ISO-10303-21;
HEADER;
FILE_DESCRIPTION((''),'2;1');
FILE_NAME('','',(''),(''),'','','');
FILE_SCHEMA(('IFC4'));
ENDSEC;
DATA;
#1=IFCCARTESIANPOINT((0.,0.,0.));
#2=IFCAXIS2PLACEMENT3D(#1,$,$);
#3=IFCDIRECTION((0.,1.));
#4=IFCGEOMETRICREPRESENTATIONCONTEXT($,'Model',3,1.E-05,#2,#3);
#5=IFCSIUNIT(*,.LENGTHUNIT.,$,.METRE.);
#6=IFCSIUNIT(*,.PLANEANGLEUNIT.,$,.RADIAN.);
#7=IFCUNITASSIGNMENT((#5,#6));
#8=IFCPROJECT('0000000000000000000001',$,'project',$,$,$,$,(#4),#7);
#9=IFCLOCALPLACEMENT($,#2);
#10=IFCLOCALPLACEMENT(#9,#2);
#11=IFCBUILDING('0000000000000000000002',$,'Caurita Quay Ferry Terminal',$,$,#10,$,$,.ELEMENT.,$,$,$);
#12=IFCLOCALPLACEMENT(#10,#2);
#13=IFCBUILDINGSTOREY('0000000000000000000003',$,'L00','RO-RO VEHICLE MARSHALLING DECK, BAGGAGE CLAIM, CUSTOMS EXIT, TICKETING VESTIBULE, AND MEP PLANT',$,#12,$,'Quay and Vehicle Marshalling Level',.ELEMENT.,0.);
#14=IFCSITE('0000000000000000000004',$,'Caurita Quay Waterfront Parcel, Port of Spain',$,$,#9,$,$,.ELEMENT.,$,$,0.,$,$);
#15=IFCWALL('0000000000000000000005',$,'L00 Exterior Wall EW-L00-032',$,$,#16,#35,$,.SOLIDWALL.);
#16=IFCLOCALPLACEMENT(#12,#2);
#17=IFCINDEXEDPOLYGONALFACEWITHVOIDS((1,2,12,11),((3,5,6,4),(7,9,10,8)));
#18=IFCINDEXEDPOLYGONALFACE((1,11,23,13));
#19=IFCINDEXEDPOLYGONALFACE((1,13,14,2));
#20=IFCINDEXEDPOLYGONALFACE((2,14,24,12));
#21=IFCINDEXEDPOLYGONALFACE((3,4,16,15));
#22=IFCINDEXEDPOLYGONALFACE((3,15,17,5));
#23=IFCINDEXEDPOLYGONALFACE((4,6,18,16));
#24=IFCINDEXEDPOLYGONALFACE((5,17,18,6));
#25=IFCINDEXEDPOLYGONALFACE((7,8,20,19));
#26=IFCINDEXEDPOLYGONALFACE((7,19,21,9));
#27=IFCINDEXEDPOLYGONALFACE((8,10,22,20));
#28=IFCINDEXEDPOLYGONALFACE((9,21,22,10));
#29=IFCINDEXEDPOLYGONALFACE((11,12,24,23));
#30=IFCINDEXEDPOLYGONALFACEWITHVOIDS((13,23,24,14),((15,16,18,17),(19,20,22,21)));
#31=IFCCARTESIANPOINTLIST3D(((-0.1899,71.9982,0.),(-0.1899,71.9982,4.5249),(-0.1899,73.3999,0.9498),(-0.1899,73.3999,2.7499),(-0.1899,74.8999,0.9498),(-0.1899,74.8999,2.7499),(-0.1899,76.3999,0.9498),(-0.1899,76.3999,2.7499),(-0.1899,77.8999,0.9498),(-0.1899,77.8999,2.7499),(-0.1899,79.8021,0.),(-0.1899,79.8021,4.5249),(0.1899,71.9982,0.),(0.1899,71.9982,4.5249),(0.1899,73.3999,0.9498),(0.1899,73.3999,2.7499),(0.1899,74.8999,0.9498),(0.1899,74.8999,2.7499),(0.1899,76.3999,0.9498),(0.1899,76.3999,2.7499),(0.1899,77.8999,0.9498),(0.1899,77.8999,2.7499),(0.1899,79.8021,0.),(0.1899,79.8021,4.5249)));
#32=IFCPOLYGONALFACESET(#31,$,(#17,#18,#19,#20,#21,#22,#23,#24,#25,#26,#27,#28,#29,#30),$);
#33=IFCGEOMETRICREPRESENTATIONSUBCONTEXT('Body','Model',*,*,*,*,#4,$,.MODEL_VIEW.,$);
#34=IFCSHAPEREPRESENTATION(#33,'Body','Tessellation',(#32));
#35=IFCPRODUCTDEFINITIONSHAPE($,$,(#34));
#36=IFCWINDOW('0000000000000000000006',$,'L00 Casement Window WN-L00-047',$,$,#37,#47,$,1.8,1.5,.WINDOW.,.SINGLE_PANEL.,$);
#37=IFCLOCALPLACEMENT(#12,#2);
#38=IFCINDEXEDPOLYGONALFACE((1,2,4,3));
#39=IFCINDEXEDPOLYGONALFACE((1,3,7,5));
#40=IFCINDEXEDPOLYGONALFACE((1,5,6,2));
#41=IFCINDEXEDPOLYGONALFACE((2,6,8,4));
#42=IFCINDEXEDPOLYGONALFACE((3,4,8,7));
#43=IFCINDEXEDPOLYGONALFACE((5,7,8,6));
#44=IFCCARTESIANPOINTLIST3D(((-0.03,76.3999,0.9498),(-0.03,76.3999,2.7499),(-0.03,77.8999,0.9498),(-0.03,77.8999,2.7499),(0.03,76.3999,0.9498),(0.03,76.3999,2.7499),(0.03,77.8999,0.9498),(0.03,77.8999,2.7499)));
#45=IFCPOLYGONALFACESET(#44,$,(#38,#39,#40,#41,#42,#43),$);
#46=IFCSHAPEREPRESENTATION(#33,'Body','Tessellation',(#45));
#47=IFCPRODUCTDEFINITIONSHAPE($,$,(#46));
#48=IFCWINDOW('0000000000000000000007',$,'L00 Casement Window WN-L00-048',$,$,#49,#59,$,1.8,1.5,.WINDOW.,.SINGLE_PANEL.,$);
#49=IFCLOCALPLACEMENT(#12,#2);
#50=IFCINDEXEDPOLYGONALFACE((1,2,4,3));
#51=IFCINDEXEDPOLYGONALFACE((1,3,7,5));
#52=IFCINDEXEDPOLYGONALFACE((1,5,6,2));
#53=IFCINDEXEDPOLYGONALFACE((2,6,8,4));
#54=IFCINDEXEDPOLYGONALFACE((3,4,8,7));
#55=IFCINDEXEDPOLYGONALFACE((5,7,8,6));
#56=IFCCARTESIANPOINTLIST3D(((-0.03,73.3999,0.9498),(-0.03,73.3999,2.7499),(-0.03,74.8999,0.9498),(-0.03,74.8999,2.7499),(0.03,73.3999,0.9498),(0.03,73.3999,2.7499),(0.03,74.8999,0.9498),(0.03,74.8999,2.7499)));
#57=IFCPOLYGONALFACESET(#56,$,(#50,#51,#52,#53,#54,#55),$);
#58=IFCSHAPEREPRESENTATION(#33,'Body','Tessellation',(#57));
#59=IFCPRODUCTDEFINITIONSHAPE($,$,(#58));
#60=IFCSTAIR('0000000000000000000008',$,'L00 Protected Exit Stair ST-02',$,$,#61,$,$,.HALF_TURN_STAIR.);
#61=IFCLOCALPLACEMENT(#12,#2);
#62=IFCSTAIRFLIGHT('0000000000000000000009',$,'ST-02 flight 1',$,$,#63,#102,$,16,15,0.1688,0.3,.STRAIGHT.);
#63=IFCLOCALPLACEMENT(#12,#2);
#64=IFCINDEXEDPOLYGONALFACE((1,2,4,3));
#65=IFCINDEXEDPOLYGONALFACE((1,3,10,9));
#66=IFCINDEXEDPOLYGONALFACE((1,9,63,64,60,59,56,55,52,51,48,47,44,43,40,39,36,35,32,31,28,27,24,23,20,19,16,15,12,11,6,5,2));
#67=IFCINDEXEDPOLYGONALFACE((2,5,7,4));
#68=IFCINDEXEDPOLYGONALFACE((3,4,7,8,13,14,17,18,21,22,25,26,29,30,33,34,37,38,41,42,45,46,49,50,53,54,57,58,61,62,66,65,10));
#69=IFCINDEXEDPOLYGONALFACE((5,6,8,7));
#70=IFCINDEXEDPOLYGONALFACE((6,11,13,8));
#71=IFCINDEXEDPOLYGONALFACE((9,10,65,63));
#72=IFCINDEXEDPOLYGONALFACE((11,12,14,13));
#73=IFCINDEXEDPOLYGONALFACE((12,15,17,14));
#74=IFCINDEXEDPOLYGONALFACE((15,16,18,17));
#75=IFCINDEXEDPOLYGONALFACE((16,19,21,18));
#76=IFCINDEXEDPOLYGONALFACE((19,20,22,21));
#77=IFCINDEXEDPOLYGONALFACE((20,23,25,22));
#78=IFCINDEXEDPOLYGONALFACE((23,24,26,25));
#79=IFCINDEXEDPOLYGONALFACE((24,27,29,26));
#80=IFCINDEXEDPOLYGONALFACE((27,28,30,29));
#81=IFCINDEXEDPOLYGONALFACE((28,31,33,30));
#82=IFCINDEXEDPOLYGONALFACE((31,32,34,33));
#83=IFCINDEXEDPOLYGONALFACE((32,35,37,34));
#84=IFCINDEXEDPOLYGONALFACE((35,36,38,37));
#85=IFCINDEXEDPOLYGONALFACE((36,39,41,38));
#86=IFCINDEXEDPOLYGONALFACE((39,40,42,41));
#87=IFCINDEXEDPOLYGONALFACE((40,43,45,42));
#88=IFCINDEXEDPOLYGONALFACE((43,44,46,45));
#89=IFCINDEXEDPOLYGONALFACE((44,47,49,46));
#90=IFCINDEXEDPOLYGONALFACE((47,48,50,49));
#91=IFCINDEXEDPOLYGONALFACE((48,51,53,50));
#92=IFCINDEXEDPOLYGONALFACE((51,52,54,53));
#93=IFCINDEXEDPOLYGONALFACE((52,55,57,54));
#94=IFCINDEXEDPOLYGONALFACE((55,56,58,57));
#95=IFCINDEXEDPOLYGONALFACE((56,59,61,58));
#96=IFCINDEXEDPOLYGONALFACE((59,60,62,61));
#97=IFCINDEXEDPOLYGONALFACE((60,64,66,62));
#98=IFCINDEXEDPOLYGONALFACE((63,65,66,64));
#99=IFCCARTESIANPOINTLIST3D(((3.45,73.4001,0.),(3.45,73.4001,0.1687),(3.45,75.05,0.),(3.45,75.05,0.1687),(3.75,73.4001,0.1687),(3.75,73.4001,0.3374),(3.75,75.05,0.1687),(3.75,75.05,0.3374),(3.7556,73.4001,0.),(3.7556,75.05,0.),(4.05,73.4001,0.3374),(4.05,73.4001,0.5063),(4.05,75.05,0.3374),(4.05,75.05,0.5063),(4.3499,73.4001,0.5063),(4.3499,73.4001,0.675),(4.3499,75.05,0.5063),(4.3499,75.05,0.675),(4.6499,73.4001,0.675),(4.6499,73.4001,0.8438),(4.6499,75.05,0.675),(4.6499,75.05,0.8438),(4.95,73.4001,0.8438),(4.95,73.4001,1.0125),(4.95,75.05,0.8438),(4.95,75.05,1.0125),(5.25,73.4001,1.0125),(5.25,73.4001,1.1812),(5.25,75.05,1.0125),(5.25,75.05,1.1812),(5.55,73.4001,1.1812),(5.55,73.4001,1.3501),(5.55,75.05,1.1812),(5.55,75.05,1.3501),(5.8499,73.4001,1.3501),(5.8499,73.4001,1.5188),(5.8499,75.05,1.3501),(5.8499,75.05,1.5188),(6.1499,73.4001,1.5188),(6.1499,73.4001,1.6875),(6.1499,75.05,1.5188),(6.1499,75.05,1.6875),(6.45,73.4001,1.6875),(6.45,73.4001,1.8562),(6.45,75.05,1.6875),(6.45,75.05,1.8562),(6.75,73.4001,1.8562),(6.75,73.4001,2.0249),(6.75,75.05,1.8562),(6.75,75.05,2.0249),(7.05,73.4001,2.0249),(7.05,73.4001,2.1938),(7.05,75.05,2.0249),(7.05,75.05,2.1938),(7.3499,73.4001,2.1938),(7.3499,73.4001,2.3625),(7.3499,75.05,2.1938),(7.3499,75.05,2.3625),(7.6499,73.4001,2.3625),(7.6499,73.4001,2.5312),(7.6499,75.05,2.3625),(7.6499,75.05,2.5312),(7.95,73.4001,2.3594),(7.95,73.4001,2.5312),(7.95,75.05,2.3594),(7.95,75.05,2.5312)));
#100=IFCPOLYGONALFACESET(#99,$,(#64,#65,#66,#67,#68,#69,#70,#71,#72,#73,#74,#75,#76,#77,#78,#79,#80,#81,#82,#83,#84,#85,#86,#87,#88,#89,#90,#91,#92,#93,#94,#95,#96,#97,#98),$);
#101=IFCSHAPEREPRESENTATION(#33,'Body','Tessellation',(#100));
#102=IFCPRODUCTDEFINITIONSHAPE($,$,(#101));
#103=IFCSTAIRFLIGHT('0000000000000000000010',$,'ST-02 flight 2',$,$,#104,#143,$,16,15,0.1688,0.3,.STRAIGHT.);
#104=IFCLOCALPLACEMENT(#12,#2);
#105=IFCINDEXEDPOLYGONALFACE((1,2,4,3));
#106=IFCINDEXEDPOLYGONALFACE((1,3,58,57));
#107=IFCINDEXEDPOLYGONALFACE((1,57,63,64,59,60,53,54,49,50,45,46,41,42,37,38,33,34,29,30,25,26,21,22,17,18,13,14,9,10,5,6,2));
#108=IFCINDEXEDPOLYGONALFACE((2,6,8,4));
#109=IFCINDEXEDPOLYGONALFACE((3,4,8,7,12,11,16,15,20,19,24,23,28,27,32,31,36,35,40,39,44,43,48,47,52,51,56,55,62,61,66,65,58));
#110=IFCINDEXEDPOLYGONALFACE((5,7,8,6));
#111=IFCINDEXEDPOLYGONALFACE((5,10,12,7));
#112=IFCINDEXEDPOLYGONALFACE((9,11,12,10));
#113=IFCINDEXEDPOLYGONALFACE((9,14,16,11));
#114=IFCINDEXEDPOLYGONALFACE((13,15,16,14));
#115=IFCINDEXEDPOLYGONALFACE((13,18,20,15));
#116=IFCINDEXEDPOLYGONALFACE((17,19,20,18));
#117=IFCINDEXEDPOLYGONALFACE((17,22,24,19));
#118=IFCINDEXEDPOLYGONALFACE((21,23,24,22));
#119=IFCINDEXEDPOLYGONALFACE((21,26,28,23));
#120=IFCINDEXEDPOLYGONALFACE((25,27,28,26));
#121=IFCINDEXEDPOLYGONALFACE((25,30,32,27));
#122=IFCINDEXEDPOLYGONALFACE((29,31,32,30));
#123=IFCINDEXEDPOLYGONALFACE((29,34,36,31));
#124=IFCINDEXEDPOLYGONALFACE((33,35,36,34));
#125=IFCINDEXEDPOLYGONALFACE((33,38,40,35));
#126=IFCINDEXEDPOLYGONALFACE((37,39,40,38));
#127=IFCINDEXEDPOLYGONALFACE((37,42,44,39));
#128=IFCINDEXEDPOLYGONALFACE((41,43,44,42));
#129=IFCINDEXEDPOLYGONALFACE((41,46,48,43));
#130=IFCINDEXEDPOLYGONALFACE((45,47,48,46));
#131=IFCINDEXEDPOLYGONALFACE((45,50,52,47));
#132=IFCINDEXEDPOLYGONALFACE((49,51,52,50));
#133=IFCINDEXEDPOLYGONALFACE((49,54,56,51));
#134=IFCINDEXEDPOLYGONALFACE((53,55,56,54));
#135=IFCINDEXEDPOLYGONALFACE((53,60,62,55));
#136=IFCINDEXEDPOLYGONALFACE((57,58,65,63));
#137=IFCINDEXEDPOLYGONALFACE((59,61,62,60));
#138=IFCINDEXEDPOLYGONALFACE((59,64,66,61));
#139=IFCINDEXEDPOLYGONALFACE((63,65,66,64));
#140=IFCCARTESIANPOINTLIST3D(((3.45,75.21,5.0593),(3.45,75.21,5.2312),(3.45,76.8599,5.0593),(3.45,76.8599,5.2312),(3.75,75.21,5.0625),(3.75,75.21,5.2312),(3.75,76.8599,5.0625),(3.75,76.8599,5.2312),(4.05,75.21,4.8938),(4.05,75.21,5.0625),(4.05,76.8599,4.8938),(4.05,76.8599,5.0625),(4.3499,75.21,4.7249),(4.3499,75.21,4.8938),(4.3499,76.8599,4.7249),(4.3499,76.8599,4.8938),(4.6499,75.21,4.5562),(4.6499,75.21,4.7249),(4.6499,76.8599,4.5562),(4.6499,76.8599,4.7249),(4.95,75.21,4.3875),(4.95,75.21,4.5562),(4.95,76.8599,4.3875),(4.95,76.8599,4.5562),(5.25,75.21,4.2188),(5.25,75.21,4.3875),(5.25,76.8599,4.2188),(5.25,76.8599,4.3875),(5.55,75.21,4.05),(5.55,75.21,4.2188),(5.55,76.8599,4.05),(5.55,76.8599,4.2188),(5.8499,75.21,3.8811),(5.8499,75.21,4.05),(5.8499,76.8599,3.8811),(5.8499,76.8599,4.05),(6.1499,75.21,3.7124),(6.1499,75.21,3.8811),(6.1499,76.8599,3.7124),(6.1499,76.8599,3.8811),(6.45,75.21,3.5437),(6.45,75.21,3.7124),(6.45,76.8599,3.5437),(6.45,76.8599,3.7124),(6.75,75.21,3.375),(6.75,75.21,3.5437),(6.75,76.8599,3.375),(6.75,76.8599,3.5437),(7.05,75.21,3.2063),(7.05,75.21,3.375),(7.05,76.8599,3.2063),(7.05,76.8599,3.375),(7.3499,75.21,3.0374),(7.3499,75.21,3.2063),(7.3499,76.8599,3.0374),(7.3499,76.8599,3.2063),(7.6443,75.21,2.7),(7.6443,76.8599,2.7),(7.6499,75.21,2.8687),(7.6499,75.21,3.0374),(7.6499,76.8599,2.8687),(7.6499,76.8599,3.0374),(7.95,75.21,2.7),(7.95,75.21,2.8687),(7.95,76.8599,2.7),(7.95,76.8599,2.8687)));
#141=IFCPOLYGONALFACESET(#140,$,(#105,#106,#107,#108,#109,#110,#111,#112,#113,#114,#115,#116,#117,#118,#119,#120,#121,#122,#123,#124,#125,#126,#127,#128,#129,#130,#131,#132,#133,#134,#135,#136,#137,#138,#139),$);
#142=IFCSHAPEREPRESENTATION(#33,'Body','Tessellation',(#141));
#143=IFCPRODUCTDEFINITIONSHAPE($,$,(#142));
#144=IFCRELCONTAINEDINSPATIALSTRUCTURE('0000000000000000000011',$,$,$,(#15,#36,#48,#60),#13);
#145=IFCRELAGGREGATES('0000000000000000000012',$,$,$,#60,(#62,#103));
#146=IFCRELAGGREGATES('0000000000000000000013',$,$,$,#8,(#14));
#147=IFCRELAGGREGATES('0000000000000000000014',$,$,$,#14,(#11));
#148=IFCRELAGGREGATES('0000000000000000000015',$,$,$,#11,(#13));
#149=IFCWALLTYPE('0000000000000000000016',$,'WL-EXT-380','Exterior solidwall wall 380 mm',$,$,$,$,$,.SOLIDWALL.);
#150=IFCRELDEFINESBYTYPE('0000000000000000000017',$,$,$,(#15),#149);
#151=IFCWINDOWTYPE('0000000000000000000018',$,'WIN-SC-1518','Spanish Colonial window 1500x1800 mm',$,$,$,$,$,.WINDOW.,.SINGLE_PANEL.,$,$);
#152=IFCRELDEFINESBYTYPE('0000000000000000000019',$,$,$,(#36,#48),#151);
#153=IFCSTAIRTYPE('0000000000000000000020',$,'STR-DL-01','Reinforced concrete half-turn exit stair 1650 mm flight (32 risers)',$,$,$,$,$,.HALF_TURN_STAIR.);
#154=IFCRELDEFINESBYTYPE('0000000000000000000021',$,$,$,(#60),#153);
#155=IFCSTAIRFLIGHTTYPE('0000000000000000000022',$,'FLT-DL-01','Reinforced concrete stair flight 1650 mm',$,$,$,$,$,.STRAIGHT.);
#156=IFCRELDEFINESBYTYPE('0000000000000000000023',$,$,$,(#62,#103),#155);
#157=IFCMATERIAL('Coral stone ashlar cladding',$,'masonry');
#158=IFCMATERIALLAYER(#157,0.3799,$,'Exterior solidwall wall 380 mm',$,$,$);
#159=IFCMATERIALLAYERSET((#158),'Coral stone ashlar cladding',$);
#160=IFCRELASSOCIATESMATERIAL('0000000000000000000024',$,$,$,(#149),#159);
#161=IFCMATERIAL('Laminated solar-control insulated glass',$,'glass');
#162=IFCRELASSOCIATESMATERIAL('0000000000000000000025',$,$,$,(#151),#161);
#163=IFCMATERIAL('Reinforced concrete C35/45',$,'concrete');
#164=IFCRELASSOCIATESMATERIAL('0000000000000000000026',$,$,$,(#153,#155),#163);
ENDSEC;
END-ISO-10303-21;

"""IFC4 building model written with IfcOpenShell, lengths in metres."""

from ifc_helpers import new_model, si_unit, direction, frame, frame_2d, origin, place, context, subcontext, project, spatial, polyline, rectangle, outline, extrude, material, layer, layer_set, type_object, element, fill, aggregate, save


model = new_model("IFC4")

# Units and contexts
model_context = context("Model", 3, precision=1e-05, world=origin(), true_north=direction((0.0, 1.0)))
body_context = subcontext(model_context, "Body", "Model", "MODEL_VIEW")
ifc_project = project(units=[si_unit("LENGTHUNIT", "METRE"), si_unit("PLANEANGLEUNIT", "RADIAN")], contexts=[model_context])

# Site, building, storey
site_placement = place(None, origin())
site = spatial("IfcSite", under=ifc_project, at=site_placement, Name="Caurita Quay Waterfront Parcel, Port of Spain", CompositionType="ELEMENT", RefElevation=0.0)
building_placement = place(site_placement, origin())
building = spatial("IfcBuilding", under=site, at=building_placement, Name="Caurita Quay Ferry Terminal", CompositionType="ELEMENT")
storey_placement = place(building_placement, origin())
storey = spatial("IfcBuildingStorey", under=building, at=storey_placement, Name="L00", Description="RO-RO VEHICLE MARSHALLING DECK, BAGGAGE CLAIM, CUSTOMS EXIT, TICKETING VESTIBULE, AND MEP PLANT", LongName="Quay and Vehicle Marshalling Level", CompositionType="ELEMENT", Elevation=0.0)

# Shared definitions
ifc_material_1 = material(Name="Reinforced concrete C35/45", Category="concrete")

# Wall, openings, windows
ifc_material_2 = material(Name="Coral stone ashlar cladding", Category="masonry")
ifc_layer_1 = layer(ifc_material_2, 0.3799, Name="Exterior solidwall wall 380 mm")
ifc_layer_set_1 = layer_set([ifc_layer_1], Name="Coral stone ashlar cladding")
wall_type_1 = type_object("IfcWallType", Name="WL-EXT-380", Description="Exterior solidwall wall 380 mm", PredefinedType="SOLIDWALL", material=ifc_layer_set_1)
wall_1_placement = place(storey_placement, frame((0.0, 79.802, 0.0), z_axis=(0.0, 0.0, 1.0), x_axis=(0.0, -1.0, 0.0)))
wall_1 = element("IfcWall", 1, at=wall_1_placement, inside=storey, type_object=wall_type_1, Name="L00 Exterior Wall EW-L00-032", PredefinedType="SOLIDWALL", context=body_context, shape_type="SweptSolid", body=[
    extrude(rectangle(XDim=7.804, YDim=0.3799, at=frame_2d((3.9019, 0.0))), origin(), (0.0, 0.0, 1.0), 4.5249),
])
opening_1_placement = place(wall_1_placement, frame((1.9021, 0.0, 0.95)))
opening_1 = element("IfcOpeningElement", 2, at=opening_1_placement, cuts=wall_1, PredefinedType="OPENING", context=body_context, shape_type="SweptSolid", body=[
    extrude(rectangle(XDim=1.5, YDim=1.8, at=frame_2d((0.75, 0.8999))), frame((0.0, 0.2, 0.0), z_axis=(0.0, -1.0, 0.0), x_axis=(1.0, 0.0, 0.0)), (0.0, 0.0, 1.0), 0.3999),
])
opening_2_placement = place(wall_1_placement, frame((4.9021, 0.0, 0.95)))
opening_2 = element("IfcOpeningElement", 3, at=opening_2_placement, cuts=wall_1, PredefinedType="OPENING", context=body_context, shape_type="SweptSolid", body=[
    extrude(rectangle(XDim=1.5, YDim=1.8, at=frame_2d((0.75, 0.8999))), frame((0.0, 0.2, 0.0), z_axis=(0.0, -1.0, 0.0), x_axis=(1.0, 0.0, 0.0)), (0.0, 0.0, 1.0), 0.3999),
])
ifc_material_3 = material(Name="Laminated solar-control insulated glass", Category="glass")
window_type = type_object("IfcWindowType", Name="WIN-SC-1518", Description="Spanish Colonial window 1500x1800 mm", PartitioningType="SINGLE_PANEL", PredefinedType="WINDOW", material=ifc_material_3)
window_1_placement = place(opening_1_placement, origin())
window_1 = element("IfcWindow", 4, at=window_1_placement, inside=storey, type_object=window_type, Name="L00 Casement Window WN-L00-047", OverallHeight=1.8, OverallWidth=1.5, PartitioningType="SINGLE_PANEL", PredefinedType="WINDOW", context=body_context, shape_type="SweptSolid", body=[
    extrude(rectangle(XDim=1.5, YDim=1.8, at=frame_2d((0.75, 0.8999))), frame((0.0, 0.03, 0.0), z_axis=(0.0, -1.0, 0.0), x_axis=(1.0, 0.0, 0.0)), (0.0, 0.0, 1.0), 0.0601),
])
fill(opening_1, window_1)
window_2_placement = place(opening_2_placement, origin())
window_2 = element("IfcWindow", 5, at=window_2_placement, inside=storey, type_object=window_type, Name="L00 Casement Window WN-L00-048", OverallHeight=1.8, OverallWidth=1.5, PartitioningType="SINGLE_PANEL", PredefinedType="WINDOW", context=body_context, shape_type="SweptSolid", body=[
    extrude(rectangle(XDim=1.5, YDim=1.8, at=frame_2d((0.75, 0.8999))), frame((0.0, 0.03, 0.0), z_axis=(0.0, -1.0, 0.0), x_axis=(1.0, 0.0, 0.0)), (0.0, 0.0, 1.0), 0.0601),
])
fill(opening_2, window_2)

# Stair, stair flights
stair_type = type_object("IfcStairType", Name="STR-DL-01", Description="Reinforced concrete half-turn exit stair 1650 mm flight (32 risers)", PredefinedType="HALF_TURN_STAIR", material=ifc_material_1)
stair_placement = place(storey_placement, origin())
stair = element("IfcStair", 6, at=stair_placement, inside=storey, type_object=stair_type, Name="L00 Protected Exit Stair ST-02", PredefinedType="HALF_TURN_STAIR")
stair_flight_type = type_object("IfcStairFlightType", Name="FLT-DL-01", Description="Reinforced concrete stair flight 1650 mm", PredefinedType="STRAIGHT", material=ifc_material_1)
stair_flight_1_placement = place(storey_placement, frame((3.45, 74.2251, 0.0), z_axis=(0.0, 0.0, 1.0), x_axis=(1.0, 0.0, 0.0)))
stair_flight_1 = element("IfcStairFlight", 7, at=stair_flight_1_placement, type_object=stair_flight_type, Name="ST-02 flight 1", NumberOfRisers=16, NumberOfTreads=15, PredefinedType="STRAIGHT", RiserHeight=0.1688, TreadLength=0.3, context=body_context, shape_type="SweptSolid", body=[
    extrude(outline(polyline([(0.0, 0.0), (0.0, 0.1687), (0.3, 0.1687), (0.3, 0.3374), (0.6001, 0.3374), (0.6001, 0.5063), (0.8999, 0.5063), (0.8999, 0.675), (1.2, 0.675), (1.2, 0.8438), (1.5, 0.8438), (1.5, 1.0125), (1.8, 1.0125), (1.8, 1.1812), (2.1001, 1.1812), (2.1001, 1.3501), (2.3999, 1.3501), (2.3999, 1.5188), (2.7, 1.5188), (2.7, 1.6875), (3.0, 1.6875), (3.0, 1.8562), (3.3, 1.8562), (3.3, 2.0249), (3.6001, 2.0249), (3.6001, 2.1938), (3.8999, 2.1938), (3.8999, 2.3625), (4.2, 2.3625), (4.2, 2.5312), (4.5, 2.5312), (4.5, 2.7), (4.5, 2.3594), (0.3057, 0.0), (0.0, 0.0)])), frame((0.0, 0.825, 0.0), z_axis=(0.0, -1.0, 0.0), x_axis=(1.0, 0.0, 0.0)), (0.0, 0.0, 1.0), 1.6499),
])
stair_flight_2_placement = place(storey_placement, frame((7.95, 76.0349, 2.7), z_axis=(0.0, 0.0, 1.0), x_axis=(-1.0, 0.0, 0.0)))
stair_flight_2 = element("IfcStairFlight", 8, at=stair_flight_2_placement, type_object=stair_flight_type, Name="ST-02 flight 2", NumberOfRisers=16, NumberOfTreads=15, PredefinedType="STRAIGHT", RiserHeight=0.1688, TreadLength=0.3, context=body_context, shape_type="SweptSolid", body=[
    extrude(outline(polyline([(0.0, 0.0), (0.0, 0.1687), (0.3, 0.1687), (0.3, 0.3374), (0.6001, 0.3374), (0.6001, 0.5063), (0.8999, 0.5063), (0.8999, 0.675), (1.2, 0.675), (1.2, 0.8438), (1.5, 0.8438), (1.5, 1.0125), (1.8, 1.0125), (1.8, 1.1812), (2.1001, 1.1812), (2.1001, 1.3501), (2.3999, 1.3501), (2.3999, 1.5188), (2.7, 1.5188), (2.7, 1.6875), (3.0, 1.6875), (3.0, 1.8562), (3.3, 1.8562), (3.3, 2.0249), (3.6001, 2.0249), (3.6001, 2.1938), (3.8999, 2.1938), (3.8999, 2.3625), (4.2, 2.3625), (4.2, 2.5312), (4.5, 2.5312), (4.5, 2.7), (4.5, 2.3594), (0.3057, 0.0), (0.0, 0.0)])), frame((0.0, 0.825, 0.0), z_axis=(0.0, -1.0, 0.0), x_axis=(1.0, 0.0, 0.0)), (0.0, 0.0, 1.0), 1.6499),
])
aggregate(stair, [stair_flight_1, stair_flight_2])

save(model, "model.ifc")
